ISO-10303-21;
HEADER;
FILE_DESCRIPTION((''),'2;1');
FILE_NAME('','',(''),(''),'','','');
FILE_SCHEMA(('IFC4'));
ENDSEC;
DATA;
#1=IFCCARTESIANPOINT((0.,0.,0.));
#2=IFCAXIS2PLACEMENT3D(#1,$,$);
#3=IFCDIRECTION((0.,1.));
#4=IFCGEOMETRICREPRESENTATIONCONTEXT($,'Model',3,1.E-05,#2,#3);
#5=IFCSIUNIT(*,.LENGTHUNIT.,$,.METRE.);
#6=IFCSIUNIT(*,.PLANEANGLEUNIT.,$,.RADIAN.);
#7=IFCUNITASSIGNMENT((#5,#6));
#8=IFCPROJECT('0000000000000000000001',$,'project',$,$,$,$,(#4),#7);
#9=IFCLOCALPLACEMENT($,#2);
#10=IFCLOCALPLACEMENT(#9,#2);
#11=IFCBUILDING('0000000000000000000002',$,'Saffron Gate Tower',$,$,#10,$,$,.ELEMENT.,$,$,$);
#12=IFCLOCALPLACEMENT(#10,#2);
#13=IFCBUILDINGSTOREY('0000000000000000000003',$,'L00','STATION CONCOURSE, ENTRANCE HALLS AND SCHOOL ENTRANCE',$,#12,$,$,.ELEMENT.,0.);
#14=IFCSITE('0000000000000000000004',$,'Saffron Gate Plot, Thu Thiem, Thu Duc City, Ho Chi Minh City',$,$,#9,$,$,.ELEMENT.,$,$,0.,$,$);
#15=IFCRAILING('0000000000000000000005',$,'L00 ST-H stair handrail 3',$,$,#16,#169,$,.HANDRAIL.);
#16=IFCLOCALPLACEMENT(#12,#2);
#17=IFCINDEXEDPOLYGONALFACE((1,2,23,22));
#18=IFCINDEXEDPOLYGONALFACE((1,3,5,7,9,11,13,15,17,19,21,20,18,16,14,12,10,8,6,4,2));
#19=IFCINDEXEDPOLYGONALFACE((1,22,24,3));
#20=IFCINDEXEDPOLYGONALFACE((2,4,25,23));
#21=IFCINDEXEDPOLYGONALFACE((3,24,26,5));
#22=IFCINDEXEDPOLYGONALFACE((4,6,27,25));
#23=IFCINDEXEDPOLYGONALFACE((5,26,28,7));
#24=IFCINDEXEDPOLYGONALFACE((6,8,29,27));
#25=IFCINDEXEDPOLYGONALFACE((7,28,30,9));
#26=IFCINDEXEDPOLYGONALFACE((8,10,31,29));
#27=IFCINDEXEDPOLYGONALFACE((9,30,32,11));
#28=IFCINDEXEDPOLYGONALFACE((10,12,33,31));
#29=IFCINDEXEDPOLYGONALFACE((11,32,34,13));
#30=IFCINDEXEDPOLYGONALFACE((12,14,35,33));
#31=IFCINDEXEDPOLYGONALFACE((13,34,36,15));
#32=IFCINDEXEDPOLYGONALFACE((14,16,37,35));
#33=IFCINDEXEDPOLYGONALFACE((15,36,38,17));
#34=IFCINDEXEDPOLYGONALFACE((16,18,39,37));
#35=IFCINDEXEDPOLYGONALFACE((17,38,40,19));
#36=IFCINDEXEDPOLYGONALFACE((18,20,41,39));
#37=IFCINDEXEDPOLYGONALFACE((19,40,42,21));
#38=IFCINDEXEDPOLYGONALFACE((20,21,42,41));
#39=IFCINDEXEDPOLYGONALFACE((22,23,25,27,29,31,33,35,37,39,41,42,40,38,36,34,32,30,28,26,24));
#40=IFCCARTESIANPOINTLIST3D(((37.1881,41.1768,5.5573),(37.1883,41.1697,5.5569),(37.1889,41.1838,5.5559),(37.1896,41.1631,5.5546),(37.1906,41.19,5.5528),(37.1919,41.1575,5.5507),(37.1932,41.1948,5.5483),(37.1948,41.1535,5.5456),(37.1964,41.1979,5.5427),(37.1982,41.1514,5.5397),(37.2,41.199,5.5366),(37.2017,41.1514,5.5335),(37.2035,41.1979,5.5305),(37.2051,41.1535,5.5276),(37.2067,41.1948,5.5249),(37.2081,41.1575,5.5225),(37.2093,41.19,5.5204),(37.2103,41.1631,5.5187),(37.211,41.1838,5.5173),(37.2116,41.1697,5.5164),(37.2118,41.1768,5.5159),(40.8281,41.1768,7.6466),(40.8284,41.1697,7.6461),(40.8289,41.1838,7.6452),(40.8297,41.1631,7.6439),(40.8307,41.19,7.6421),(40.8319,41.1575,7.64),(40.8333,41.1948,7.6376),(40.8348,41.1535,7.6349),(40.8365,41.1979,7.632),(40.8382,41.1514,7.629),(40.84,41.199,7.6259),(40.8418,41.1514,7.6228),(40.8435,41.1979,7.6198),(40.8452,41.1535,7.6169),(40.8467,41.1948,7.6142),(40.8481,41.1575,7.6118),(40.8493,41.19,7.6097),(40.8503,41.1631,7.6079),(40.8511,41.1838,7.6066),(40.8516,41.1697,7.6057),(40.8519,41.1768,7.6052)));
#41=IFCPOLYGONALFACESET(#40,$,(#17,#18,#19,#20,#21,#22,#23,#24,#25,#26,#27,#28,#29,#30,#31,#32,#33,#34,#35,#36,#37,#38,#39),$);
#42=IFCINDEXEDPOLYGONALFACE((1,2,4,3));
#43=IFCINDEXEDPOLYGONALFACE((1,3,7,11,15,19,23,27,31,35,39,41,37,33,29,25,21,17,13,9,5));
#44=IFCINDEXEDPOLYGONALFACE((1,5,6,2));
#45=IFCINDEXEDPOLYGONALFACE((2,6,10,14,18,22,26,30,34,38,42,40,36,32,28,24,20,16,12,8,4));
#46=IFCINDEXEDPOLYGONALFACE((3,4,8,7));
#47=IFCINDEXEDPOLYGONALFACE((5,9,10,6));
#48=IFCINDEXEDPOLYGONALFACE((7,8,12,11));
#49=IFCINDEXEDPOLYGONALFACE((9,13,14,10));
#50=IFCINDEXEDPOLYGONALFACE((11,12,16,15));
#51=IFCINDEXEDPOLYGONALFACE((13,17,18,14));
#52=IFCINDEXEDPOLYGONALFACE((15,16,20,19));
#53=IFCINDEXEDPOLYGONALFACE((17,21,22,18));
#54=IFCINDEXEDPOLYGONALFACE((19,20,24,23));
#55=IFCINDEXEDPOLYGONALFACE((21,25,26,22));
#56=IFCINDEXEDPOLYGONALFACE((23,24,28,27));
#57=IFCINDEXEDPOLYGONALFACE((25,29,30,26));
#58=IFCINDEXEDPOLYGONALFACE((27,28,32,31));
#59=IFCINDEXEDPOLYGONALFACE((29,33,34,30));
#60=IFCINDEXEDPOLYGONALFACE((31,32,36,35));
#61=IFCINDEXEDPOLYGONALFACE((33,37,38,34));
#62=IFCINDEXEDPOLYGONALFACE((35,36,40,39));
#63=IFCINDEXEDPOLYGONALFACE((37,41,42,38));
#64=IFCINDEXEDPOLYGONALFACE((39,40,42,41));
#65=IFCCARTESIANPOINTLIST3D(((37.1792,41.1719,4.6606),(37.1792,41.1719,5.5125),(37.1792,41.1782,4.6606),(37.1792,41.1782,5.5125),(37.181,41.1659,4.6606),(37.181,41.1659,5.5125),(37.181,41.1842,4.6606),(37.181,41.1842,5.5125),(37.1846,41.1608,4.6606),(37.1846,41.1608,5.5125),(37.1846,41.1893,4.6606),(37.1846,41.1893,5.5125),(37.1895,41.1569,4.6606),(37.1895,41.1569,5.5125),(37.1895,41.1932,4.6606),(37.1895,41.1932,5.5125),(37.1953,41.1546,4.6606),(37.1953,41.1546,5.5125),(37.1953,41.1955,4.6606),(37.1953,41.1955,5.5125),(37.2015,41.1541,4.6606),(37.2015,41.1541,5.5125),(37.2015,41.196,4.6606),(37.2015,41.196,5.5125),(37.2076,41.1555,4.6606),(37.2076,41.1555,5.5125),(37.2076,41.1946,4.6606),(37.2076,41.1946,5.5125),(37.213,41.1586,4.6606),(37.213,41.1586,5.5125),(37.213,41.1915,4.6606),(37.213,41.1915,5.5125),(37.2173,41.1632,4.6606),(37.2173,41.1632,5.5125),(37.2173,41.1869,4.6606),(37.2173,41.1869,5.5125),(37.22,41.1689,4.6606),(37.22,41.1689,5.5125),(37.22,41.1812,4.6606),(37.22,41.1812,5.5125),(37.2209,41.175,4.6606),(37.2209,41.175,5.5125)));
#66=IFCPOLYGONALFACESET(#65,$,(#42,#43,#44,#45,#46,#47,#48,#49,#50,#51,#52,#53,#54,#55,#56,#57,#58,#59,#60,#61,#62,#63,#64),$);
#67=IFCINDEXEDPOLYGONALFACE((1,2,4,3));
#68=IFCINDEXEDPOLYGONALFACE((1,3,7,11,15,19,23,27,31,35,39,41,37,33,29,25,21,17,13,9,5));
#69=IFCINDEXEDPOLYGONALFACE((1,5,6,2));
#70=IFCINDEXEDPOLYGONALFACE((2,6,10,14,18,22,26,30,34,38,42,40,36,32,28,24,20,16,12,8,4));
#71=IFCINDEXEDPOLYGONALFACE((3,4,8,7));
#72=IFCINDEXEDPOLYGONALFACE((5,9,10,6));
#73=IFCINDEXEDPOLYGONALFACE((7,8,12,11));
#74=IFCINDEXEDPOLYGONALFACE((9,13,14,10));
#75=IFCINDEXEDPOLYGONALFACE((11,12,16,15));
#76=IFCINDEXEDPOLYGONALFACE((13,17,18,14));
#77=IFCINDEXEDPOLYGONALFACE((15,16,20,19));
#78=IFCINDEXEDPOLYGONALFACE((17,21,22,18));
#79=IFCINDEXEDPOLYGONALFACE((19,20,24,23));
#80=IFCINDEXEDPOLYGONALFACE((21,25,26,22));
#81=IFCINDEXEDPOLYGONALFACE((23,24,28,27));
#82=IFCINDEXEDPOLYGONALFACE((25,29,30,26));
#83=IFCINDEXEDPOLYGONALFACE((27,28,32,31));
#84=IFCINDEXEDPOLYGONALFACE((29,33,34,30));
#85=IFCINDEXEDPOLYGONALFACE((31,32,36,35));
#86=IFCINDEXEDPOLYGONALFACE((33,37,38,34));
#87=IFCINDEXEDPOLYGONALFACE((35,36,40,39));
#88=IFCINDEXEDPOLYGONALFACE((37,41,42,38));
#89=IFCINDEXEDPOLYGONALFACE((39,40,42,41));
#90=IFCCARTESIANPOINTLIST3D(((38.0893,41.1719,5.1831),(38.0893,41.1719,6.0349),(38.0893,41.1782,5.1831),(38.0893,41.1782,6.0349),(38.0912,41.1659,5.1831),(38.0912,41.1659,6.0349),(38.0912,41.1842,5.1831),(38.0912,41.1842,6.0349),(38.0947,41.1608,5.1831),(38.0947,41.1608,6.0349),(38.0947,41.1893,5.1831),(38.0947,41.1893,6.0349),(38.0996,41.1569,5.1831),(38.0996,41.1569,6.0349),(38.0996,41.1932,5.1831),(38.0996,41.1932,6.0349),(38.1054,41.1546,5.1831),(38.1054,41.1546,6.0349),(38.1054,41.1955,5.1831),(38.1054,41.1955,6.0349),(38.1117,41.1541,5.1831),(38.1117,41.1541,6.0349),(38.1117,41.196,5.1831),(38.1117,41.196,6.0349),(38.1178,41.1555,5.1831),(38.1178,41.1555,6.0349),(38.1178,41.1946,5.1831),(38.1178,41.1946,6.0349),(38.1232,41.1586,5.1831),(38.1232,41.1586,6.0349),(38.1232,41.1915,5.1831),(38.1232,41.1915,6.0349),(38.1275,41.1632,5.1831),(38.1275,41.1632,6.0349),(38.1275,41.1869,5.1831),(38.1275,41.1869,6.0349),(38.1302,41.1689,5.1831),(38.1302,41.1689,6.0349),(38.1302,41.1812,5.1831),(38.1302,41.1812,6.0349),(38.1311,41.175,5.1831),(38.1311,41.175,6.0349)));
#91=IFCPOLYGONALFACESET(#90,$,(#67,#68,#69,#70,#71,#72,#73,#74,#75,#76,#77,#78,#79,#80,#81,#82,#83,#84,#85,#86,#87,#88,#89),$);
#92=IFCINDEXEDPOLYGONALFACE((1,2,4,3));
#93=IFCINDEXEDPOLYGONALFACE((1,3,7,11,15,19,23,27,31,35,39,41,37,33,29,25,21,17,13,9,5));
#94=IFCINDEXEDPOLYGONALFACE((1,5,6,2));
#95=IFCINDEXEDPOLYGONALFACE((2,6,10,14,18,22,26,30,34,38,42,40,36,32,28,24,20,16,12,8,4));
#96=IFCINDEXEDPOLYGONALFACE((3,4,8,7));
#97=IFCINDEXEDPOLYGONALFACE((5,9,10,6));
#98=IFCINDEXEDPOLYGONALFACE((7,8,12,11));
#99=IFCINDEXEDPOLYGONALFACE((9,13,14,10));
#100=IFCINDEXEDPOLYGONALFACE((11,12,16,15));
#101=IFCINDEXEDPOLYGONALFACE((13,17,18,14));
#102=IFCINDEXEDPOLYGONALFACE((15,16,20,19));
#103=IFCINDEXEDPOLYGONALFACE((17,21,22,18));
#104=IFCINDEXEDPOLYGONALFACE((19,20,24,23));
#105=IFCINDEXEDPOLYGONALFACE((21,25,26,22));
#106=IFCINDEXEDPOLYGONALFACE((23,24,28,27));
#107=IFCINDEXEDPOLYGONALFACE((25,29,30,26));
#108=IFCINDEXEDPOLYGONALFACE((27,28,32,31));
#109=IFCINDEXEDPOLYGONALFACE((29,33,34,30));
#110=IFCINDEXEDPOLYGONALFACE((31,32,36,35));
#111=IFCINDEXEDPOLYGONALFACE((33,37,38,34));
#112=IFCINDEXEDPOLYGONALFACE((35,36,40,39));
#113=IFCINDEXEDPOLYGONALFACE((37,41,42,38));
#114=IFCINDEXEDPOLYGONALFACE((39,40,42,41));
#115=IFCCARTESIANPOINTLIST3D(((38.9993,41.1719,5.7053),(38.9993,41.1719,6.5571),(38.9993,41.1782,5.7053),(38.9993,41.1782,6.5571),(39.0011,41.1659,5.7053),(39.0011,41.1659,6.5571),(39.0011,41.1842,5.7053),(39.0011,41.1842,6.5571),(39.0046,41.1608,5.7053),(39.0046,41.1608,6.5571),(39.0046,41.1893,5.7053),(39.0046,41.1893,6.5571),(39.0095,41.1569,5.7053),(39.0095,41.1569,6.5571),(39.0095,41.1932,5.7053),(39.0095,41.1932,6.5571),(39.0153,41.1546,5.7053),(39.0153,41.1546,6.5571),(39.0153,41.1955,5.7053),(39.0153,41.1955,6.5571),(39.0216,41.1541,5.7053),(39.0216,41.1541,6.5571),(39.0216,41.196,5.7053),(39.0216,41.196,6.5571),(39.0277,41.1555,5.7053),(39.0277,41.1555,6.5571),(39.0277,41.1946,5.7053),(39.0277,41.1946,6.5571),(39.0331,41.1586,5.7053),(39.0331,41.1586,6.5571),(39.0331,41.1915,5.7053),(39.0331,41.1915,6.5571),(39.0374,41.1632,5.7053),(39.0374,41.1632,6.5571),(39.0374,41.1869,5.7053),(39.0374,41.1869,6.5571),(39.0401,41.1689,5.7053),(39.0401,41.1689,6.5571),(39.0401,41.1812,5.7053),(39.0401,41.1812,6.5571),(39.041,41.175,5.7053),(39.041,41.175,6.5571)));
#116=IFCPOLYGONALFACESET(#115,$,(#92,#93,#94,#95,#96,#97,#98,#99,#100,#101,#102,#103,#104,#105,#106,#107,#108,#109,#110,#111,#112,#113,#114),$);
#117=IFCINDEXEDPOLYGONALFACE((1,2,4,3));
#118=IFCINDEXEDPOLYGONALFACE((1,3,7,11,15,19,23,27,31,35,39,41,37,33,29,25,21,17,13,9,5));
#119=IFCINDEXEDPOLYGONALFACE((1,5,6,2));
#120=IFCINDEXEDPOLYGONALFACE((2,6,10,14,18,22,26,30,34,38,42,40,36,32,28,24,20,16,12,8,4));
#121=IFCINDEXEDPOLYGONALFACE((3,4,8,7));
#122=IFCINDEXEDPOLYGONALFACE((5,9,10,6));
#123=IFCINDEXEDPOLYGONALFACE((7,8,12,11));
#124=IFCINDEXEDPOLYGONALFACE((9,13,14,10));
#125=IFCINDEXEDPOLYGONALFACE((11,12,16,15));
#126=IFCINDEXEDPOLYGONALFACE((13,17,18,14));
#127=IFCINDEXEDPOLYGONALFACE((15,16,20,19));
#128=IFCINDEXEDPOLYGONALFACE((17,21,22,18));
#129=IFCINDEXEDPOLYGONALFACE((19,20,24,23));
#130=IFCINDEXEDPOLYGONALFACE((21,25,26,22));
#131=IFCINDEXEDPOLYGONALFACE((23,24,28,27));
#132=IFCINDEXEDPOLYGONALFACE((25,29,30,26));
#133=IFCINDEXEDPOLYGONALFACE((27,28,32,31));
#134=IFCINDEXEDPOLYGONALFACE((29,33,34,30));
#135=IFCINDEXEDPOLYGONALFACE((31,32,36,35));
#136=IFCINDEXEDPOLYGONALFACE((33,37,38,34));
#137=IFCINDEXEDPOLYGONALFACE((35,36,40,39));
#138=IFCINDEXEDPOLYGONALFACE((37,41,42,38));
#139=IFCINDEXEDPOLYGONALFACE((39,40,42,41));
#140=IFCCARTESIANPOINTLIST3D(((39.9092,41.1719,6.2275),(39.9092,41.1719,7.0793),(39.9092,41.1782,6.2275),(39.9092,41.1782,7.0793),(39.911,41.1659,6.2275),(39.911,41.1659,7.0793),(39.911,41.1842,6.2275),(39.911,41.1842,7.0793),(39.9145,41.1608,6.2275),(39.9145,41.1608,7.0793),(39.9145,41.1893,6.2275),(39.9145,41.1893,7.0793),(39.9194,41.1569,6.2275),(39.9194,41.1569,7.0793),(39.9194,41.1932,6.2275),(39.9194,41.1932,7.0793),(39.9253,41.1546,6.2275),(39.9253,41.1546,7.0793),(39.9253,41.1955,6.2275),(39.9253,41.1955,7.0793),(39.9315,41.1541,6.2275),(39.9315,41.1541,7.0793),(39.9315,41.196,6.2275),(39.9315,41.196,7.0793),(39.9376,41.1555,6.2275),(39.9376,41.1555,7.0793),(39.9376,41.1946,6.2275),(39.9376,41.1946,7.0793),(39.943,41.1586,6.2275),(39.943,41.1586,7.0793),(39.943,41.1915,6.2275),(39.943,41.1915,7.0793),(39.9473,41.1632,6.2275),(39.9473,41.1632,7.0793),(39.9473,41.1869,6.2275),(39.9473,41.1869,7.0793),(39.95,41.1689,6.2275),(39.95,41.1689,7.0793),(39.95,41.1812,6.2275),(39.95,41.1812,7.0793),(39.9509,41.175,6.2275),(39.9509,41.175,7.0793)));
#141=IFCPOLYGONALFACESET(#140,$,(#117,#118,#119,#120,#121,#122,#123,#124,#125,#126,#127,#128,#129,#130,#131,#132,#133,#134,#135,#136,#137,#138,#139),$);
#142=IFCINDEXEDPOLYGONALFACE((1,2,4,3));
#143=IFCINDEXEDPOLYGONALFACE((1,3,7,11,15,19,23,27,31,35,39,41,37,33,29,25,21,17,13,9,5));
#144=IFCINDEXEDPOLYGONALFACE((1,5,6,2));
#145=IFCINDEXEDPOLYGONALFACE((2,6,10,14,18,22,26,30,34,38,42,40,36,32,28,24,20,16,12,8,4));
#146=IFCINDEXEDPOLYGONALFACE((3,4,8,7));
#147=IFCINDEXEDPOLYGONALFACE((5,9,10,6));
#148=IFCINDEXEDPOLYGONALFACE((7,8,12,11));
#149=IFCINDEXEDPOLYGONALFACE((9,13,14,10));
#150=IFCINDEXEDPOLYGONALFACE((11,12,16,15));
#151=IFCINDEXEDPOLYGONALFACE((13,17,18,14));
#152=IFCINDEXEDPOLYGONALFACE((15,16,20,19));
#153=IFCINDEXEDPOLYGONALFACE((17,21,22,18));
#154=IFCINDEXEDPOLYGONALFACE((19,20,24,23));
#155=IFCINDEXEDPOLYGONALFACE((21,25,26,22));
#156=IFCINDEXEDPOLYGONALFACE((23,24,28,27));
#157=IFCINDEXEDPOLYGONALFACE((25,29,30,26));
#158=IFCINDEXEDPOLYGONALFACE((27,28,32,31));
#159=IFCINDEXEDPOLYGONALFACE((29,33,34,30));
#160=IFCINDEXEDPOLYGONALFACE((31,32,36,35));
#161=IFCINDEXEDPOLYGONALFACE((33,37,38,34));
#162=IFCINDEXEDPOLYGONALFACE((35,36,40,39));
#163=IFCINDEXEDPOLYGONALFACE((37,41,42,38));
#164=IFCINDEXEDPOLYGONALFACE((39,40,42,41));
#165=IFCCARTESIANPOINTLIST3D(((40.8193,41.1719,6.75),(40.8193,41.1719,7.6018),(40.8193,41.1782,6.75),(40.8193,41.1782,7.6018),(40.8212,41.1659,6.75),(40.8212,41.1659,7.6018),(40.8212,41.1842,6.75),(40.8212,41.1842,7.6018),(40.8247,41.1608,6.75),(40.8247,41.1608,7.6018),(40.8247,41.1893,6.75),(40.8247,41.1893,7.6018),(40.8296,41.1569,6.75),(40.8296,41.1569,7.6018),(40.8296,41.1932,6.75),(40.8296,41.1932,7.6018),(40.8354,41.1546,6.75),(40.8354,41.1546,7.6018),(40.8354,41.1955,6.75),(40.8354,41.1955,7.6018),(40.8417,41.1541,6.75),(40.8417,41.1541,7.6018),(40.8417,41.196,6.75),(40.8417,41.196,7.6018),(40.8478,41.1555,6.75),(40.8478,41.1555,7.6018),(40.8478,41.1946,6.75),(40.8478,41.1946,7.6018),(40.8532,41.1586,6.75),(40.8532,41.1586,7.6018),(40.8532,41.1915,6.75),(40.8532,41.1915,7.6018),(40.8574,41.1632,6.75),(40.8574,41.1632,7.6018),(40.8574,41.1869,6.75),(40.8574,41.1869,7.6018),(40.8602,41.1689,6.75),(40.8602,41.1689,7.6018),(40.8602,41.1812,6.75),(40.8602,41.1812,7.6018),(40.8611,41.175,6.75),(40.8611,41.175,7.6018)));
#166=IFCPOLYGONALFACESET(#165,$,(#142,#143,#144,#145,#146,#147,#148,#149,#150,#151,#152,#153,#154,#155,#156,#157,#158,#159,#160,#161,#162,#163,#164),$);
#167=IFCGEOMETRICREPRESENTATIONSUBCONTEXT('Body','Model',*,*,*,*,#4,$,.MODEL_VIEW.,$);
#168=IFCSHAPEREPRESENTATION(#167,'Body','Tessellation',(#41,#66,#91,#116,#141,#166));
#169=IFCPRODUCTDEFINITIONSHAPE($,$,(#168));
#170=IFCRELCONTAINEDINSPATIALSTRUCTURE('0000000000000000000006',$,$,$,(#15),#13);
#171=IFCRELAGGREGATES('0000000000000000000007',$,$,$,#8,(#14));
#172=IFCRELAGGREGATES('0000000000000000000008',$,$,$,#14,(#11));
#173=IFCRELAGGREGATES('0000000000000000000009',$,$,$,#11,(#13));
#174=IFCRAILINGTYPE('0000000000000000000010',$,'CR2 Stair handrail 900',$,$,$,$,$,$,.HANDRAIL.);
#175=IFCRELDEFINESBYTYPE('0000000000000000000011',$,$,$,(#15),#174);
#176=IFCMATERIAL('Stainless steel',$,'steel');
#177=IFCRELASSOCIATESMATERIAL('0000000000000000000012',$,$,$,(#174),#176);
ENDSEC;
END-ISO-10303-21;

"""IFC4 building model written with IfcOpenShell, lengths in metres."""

from ifc_helpers import new_model, si_unit, direction, frame, origin, origin_2d, place, context, subcontext, project, spatial, circle, extrude, material, type_object, element, save


model = new_model("IFC4")

# Units and contexts
model_context = context("Model", 3, precision=1e-05, world=origin(), true_north=direction((0.0, 1.0)))
body_context = subcontext(model_context, "Body", "Model", "MODEL_VIEW")
ifc_project = project(units=[si_unit("LENGTHUNIT", "METRE"), si_unit("PLANEANGLEUNIT", "RADIAN")], contexts=[model_context])

# Site, building, storey
site_placement = place(None, origin())
site = spatial("IfcSite", under=ifc_project, at=site_placement, Name="Saffron Gate Plot, Thu Thiem, Thu Duc City, Ho Chi Minh City", CompositionType="ELEMENT", RefElevation=0.0)
building_placement = place(site_placement, origin())
building = spatial("IfcBuilding", under=site, at=building_placement, Name="Saffron Gate Tower", CompositionType="ELEMENT")
storey_placement = place(building_placement, origin())
storey = spatial("IfcBuildingStorey", under=building, at=storey_placement, Name="L00", Description="STATION CONCOURSE, ENTRANCE HALLS AND SCHOOL ENTRANCE", CompositionType="ELEMENT", Elevation=0.0)

# Railing
ifc_material_1 = material(Name="Stainless steel", Category="steel")
railing_type_1 = type_object("IfcRailingType", Name="CR2 Stair handrail 900", PredefinedType="HANDRAIL", material=ifc_material_1)
railing_1_placement = place(storey_placement, frame((37.2, 41.175, 4.6606)))
element("IfcRailing", 1, at=railing_1_placement, inside=storey, type_object=railing_type_1, Name="L00 ST-H stair handrail 3", PredefinedType="HANDRAIL", context=body_context, shape_type="SweptSolid", body=[
    extrude(circle(Radius=0.0239, at=origin_2d()), frame((0.0, 0.0, 0.876), z_axis=(0.867289, 0.0, 0.497804), x_axis=(0.0, 1.0, 0.0)), (0.0, 0.0, 1.0), 4.197),
    extrude(circle(Radius=0.021, at=origin_2d()), origin(), (0.0, 0.0, 1.0), 0.8518),
    extrude(circle(Radius=0.021, at=origin_2d()), frame((0.9102, 0.0, 0.5225)), (0.0, 0.0, 1.0), 0.8518),
    extrude(circle(Radius=0.021, at=origin_2d()), frame((1.8201, 0.0, 1.0447)), (0.0, 0.0, 1.0), 0.8518),
    extrude(circle(Radius=0.021, at=origin_2d()), frame((2.73, 0.0, 1.5669)), (0.0, 0.0, 1.0), 0.8518),
    extrude(circle(Radius=0.021, at=origin_2d()), frame((3.6401, 0.0, 2.0894)), (0.0, 0.0, 1.0), 0.8518),
])

save(model, "model.ifc")
